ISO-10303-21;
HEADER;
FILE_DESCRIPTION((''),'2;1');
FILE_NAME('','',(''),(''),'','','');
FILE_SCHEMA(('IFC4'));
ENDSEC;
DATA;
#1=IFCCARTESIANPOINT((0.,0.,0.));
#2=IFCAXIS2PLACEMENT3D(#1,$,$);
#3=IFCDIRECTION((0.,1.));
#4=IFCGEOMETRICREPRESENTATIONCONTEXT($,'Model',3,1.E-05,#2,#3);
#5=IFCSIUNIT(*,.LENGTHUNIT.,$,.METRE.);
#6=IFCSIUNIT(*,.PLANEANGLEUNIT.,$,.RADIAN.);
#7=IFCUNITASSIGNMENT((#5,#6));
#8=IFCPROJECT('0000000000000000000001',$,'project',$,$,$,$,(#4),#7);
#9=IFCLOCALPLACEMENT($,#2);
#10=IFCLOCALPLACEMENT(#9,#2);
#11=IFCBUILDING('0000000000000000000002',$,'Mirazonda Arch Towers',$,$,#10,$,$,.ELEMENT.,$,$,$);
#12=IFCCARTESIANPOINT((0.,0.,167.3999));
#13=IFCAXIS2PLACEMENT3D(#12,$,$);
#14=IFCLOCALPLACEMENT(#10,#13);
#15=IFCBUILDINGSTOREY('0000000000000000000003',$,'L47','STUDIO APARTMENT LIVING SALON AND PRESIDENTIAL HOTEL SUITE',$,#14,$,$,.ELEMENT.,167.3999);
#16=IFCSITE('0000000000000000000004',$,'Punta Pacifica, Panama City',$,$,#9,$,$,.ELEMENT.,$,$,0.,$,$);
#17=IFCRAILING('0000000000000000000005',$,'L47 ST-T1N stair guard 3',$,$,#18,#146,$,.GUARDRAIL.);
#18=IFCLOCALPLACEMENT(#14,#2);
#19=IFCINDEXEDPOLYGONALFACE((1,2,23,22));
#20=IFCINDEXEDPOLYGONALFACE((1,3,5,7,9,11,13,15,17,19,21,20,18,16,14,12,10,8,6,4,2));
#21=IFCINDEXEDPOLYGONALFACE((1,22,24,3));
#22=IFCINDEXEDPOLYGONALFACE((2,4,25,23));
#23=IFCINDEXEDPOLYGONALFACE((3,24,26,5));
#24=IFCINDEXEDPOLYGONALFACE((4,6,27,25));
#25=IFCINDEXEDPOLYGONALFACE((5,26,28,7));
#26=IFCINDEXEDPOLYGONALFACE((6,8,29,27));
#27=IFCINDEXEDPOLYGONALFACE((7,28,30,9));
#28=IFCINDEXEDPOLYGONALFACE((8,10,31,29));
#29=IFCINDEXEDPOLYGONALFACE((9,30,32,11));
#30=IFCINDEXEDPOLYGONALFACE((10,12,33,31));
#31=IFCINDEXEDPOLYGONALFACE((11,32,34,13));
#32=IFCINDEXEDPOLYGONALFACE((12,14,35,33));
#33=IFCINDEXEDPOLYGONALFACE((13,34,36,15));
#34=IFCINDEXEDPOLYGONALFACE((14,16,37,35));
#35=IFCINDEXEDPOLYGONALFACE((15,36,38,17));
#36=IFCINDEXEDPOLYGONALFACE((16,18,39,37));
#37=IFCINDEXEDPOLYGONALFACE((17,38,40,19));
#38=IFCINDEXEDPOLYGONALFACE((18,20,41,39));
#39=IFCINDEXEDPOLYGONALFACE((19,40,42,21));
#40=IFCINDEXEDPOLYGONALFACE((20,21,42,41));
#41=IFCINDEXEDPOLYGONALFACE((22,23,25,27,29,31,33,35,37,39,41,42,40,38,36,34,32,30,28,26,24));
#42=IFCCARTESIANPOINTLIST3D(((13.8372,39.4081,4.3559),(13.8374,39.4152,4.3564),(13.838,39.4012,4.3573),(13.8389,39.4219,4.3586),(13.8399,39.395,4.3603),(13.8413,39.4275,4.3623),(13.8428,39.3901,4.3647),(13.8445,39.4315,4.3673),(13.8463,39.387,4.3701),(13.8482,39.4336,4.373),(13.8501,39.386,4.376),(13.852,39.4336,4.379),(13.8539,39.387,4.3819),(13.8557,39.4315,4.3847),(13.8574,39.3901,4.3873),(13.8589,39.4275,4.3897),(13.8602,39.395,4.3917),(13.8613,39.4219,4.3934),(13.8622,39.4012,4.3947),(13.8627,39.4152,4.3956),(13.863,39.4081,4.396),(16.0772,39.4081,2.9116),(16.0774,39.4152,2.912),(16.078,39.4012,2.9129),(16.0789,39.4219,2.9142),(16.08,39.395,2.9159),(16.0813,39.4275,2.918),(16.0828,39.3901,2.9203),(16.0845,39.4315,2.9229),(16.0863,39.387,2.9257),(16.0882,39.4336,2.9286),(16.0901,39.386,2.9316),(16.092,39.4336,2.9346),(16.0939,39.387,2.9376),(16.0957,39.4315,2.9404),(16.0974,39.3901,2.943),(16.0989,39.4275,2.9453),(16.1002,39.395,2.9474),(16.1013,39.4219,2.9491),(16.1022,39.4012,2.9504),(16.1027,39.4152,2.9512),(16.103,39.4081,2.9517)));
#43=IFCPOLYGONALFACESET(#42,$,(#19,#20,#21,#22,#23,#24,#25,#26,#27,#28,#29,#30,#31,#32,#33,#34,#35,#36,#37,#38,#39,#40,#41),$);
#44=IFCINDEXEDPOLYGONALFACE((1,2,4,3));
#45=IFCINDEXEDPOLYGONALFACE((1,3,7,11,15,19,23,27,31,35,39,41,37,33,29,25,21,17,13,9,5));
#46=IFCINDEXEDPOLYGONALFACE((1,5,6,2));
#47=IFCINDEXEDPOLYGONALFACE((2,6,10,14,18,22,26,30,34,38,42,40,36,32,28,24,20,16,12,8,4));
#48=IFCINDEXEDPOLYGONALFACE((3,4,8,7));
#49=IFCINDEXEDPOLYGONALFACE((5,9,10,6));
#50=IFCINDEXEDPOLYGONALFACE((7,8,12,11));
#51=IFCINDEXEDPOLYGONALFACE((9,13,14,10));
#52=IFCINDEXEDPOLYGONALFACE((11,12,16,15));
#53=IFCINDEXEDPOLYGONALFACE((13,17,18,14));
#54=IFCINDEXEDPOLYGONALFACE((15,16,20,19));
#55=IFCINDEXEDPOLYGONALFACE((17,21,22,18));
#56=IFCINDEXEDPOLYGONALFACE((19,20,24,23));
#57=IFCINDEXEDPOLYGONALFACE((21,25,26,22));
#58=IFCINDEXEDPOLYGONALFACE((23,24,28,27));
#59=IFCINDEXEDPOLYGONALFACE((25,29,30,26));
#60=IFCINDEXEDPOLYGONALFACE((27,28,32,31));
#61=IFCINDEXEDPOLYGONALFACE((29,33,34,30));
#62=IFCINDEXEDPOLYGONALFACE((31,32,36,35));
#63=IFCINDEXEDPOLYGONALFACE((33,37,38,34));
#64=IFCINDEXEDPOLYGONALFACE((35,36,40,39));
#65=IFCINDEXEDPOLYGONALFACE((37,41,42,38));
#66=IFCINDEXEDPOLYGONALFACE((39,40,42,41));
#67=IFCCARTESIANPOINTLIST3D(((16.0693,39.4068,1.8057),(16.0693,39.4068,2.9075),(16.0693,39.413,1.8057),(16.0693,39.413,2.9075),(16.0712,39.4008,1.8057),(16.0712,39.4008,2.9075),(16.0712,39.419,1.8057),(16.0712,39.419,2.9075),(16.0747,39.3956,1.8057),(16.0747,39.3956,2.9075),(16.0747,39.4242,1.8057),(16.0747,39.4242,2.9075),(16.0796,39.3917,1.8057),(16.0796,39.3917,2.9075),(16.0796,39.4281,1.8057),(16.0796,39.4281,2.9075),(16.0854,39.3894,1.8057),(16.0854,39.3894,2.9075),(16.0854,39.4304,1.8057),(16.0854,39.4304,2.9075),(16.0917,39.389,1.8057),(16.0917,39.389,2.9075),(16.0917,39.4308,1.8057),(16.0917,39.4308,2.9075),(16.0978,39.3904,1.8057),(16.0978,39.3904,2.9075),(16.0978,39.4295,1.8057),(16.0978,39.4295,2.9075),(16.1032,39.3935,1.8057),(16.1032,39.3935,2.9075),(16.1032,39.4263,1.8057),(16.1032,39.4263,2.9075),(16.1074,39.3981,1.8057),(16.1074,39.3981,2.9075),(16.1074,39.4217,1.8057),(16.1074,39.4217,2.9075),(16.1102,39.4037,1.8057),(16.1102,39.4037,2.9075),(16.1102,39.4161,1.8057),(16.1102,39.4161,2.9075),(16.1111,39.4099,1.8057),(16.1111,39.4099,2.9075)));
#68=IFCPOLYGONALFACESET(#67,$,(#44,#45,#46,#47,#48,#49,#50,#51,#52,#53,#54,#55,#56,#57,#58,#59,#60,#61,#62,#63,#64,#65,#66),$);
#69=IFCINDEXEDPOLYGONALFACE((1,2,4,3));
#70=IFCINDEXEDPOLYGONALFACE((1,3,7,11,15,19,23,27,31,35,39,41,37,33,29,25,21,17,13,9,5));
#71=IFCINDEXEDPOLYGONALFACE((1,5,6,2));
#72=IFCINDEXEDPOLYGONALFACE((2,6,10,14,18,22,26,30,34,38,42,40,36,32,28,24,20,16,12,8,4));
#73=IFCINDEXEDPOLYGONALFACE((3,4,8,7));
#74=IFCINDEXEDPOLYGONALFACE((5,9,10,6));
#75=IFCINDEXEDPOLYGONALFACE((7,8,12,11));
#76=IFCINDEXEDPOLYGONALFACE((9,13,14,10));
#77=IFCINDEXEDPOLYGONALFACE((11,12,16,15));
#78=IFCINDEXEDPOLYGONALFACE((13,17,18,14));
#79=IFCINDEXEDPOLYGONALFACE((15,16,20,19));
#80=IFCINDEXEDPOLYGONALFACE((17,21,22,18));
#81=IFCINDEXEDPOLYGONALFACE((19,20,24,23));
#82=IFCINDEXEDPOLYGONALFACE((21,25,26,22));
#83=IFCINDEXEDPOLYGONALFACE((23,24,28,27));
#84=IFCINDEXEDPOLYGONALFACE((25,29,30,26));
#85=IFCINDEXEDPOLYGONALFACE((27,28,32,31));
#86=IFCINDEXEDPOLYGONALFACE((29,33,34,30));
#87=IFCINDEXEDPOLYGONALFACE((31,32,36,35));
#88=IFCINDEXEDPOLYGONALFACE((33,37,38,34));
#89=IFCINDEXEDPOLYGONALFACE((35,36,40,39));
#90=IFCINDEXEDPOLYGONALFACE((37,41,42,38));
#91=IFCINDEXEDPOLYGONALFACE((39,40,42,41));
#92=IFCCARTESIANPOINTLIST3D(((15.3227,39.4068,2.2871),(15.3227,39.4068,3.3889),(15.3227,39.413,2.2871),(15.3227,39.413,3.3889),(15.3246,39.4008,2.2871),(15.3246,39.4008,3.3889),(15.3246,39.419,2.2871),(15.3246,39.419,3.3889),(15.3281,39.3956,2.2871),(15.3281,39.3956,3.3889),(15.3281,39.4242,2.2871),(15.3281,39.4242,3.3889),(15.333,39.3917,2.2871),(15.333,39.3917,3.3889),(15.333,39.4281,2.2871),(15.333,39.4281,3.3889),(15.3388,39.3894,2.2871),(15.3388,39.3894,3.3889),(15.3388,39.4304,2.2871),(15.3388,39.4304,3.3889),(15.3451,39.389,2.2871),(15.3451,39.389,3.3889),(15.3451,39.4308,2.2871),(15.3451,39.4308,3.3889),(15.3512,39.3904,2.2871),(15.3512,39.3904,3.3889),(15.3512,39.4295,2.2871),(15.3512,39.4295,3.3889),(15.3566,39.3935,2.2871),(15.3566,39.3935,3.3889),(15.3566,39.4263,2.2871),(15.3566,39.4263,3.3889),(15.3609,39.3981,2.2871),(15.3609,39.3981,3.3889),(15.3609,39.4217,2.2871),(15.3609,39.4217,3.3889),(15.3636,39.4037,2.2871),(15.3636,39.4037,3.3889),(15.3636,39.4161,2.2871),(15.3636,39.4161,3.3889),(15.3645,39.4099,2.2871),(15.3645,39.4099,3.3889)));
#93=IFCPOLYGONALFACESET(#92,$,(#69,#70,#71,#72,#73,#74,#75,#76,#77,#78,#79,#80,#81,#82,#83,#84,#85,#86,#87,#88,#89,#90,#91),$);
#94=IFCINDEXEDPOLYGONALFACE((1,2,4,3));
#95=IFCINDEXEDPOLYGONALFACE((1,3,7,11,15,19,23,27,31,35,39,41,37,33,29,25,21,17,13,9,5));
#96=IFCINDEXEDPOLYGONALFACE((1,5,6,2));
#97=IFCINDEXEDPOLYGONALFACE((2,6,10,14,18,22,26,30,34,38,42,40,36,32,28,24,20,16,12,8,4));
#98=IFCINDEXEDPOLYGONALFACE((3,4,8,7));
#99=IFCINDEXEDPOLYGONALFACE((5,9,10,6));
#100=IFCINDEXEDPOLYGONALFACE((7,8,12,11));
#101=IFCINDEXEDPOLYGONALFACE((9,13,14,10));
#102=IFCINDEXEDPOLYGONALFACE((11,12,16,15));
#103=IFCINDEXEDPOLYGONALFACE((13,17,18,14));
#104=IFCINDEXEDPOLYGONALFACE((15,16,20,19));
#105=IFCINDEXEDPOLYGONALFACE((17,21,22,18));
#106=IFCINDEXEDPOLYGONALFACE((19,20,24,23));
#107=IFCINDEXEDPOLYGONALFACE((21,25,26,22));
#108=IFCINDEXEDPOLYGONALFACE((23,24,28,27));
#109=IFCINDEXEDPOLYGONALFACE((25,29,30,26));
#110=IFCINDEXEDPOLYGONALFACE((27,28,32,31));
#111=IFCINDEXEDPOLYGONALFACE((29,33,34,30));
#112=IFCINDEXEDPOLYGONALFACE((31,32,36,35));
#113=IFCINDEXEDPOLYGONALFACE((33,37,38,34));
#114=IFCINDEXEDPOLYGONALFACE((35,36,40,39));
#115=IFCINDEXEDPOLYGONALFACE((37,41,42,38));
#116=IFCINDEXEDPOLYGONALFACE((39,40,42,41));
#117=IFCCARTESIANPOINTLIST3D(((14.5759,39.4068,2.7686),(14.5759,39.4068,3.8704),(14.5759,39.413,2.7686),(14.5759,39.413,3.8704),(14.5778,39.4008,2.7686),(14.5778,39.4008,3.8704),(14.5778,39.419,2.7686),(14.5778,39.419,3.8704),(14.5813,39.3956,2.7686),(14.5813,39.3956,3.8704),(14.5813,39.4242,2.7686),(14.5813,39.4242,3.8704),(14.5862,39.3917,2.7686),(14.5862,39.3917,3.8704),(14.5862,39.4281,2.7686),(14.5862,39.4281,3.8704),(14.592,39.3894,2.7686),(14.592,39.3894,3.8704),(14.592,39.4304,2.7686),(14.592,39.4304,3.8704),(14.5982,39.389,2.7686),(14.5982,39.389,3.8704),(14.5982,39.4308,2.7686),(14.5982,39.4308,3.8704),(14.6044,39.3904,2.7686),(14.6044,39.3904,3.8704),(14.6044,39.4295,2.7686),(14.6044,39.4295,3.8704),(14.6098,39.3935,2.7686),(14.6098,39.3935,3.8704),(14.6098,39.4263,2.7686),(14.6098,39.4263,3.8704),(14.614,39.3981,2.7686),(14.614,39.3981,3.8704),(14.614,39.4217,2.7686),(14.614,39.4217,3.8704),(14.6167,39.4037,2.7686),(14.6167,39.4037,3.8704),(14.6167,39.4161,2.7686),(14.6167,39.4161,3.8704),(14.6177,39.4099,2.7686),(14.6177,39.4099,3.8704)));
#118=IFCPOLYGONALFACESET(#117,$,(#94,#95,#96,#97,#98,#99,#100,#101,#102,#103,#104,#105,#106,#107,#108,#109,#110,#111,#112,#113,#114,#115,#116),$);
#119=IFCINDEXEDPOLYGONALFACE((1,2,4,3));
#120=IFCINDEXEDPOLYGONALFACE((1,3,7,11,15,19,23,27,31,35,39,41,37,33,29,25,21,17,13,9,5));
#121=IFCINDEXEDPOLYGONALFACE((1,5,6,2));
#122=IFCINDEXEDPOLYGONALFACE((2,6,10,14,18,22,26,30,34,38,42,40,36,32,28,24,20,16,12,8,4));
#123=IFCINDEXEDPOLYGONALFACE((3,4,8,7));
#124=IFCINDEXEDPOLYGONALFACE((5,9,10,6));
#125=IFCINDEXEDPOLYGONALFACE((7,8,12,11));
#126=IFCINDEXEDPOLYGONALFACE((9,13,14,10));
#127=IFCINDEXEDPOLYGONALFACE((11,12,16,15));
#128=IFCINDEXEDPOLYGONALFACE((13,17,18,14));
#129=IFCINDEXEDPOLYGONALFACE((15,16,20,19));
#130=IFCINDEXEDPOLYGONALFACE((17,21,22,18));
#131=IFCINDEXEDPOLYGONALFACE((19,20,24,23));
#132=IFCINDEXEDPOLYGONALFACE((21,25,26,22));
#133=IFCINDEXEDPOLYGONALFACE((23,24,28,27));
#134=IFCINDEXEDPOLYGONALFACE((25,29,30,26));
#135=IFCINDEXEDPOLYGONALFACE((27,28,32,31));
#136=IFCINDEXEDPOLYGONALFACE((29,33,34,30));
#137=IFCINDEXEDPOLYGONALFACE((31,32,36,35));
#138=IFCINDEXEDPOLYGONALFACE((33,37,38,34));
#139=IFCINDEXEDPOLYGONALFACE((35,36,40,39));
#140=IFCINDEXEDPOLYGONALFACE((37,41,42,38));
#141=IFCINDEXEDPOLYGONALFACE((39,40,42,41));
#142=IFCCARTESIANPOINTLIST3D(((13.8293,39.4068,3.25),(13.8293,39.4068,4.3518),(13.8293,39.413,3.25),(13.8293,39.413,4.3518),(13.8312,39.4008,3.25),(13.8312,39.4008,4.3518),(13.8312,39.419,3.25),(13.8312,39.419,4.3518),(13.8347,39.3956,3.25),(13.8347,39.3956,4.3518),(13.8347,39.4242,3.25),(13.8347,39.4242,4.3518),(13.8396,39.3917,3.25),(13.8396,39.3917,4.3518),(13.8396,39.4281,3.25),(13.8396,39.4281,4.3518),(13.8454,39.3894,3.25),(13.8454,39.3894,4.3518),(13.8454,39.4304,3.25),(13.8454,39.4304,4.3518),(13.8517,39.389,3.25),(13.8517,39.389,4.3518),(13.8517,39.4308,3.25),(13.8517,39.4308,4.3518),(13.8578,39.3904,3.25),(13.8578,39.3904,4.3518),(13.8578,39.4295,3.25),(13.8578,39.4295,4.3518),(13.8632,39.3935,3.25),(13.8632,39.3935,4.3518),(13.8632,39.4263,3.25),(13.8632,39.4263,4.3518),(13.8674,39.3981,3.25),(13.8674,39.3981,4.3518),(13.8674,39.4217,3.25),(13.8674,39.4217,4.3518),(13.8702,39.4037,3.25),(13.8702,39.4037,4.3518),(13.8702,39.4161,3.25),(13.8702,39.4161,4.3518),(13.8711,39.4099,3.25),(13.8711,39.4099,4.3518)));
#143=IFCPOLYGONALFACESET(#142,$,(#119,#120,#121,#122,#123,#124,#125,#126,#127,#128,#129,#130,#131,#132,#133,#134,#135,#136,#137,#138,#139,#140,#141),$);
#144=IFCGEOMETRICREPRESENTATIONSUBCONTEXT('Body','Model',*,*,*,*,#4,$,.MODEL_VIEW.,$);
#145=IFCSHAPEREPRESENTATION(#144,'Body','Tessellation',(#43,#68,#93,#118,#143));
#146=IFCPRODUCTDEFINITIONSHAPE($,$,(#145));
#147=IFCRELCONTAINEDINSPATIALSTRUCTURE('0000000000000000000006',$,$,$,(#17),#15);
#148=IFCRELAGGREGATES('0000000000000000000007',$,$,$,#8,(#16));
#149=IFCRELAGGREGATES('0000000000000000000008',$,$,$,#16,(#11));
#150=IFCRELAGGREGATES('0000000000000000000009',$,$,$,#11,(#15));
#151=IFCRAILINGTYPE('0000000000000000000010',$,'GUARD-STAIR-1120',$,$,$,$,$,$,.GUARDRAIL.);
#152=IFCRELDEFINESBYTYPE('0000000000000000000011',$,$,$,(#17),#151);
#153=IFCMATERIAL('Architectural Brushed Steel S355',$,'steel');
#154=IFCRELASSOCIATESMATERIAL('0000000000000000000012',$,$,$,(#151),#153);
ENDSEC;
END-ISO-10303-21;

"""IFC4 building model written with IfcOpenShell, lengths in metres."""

from ifc_helpers import new_model, si_unit, direction, frame, origin, origin_2d, place, context, subcontext, project, spatial, circle, extrude, material, type_object, element, save


model = new_model("IFC4")

# Units and contexts
model_context = context("Model", 3, precision=1e-05, world=origin(), true_north=direction((0.0, 1.0)))
body_context = subcontext(model_context, "Body", "Model", "MODEL_VIEW")
ifc_project = project(units=[si_unit("LENGTHUNIT", "METRE"), si_unit("PLANEANGLEUNIT", "RADIAN")], contexts=[model_context])

# Site, building, storey
site_placement = place(None, origin())
site = spatial("IfcSite", under=ifc_project, at=site_placement, Name="Punta Pacifica, Panama City", CompositionType="ELEMENT", RefElevation=0.0)
building_placement = place(site_placement, origin())
building = spatial("IfcBuilding", under=site, at=building_placement, Name="Mirazonda Arch Towers", CompositionType="ELEMENT")
storey_placement = place(building_placement, frame((0.0, 0.0, 167.3999)))
storey = spatial("IfcBuildingStorey", under=building, at=storey_placement, Name="L47", Description="STUDIO APARTMENT LIVING SALON AND PRESIDENTIAL HOTEL SUITE", CompositionType="ELEMENT", Elevation=167.3999)

# Shared definitions
ifc_material_1 = material(Name="Architectural Brushed Steel S355", Category="steel")

# Railing
railing_type_1 = type_object("IfcRailingType", Name="GUARD-STAIR-1120", PredefinedType="GUARDRAIL", material=ifc_material_1)
railing_1_placement = place(storey_placement, frame((16.0901, 39.4099, 1.8057)))
element("IfcRailing", 1, at=railing_1_placement, inside=storey, type_object=railing_type_1, Name="L47 ST-T1N stair guard 3", PredefinedType="GUARDRAIL", context=body_context, shape_type="SweptSolid", body=[
    extrude(circle(Radius=0.0239, at=origin_2d()), frame((0.0, 0.0, 1.126), z_axis=(-0.840437, 0.0, 0.54191), x_axis=(0.0, -1.0, 0.0)), (0.0, 0.0, 1.0), 2.6653),
    extrude(circle(Radius=0.021, at=origin_2d()), origin(), (0.0, 0.0, 1.0), 1.1018),
    extrude(circle(Radius=0.021, at=origin_2d()), frame((-0.7466, 0.0, 0.4814)), (0.0, 0.0, 1.0), 1.1018),
    extrude(circle(Radius=0.021, at=origin_2d()), frame((-1.4934, 0.0, 0.9629)), (0.0, 0.0, 1.0), 1.1018),
    extrude(circle(Radius=0.021, at=origin_2d()), frame((-2.24, 0.0, 1.4443)), (0.0, 0.0, 1.0), 1.1018),
])

save(model, "model.ifc")
